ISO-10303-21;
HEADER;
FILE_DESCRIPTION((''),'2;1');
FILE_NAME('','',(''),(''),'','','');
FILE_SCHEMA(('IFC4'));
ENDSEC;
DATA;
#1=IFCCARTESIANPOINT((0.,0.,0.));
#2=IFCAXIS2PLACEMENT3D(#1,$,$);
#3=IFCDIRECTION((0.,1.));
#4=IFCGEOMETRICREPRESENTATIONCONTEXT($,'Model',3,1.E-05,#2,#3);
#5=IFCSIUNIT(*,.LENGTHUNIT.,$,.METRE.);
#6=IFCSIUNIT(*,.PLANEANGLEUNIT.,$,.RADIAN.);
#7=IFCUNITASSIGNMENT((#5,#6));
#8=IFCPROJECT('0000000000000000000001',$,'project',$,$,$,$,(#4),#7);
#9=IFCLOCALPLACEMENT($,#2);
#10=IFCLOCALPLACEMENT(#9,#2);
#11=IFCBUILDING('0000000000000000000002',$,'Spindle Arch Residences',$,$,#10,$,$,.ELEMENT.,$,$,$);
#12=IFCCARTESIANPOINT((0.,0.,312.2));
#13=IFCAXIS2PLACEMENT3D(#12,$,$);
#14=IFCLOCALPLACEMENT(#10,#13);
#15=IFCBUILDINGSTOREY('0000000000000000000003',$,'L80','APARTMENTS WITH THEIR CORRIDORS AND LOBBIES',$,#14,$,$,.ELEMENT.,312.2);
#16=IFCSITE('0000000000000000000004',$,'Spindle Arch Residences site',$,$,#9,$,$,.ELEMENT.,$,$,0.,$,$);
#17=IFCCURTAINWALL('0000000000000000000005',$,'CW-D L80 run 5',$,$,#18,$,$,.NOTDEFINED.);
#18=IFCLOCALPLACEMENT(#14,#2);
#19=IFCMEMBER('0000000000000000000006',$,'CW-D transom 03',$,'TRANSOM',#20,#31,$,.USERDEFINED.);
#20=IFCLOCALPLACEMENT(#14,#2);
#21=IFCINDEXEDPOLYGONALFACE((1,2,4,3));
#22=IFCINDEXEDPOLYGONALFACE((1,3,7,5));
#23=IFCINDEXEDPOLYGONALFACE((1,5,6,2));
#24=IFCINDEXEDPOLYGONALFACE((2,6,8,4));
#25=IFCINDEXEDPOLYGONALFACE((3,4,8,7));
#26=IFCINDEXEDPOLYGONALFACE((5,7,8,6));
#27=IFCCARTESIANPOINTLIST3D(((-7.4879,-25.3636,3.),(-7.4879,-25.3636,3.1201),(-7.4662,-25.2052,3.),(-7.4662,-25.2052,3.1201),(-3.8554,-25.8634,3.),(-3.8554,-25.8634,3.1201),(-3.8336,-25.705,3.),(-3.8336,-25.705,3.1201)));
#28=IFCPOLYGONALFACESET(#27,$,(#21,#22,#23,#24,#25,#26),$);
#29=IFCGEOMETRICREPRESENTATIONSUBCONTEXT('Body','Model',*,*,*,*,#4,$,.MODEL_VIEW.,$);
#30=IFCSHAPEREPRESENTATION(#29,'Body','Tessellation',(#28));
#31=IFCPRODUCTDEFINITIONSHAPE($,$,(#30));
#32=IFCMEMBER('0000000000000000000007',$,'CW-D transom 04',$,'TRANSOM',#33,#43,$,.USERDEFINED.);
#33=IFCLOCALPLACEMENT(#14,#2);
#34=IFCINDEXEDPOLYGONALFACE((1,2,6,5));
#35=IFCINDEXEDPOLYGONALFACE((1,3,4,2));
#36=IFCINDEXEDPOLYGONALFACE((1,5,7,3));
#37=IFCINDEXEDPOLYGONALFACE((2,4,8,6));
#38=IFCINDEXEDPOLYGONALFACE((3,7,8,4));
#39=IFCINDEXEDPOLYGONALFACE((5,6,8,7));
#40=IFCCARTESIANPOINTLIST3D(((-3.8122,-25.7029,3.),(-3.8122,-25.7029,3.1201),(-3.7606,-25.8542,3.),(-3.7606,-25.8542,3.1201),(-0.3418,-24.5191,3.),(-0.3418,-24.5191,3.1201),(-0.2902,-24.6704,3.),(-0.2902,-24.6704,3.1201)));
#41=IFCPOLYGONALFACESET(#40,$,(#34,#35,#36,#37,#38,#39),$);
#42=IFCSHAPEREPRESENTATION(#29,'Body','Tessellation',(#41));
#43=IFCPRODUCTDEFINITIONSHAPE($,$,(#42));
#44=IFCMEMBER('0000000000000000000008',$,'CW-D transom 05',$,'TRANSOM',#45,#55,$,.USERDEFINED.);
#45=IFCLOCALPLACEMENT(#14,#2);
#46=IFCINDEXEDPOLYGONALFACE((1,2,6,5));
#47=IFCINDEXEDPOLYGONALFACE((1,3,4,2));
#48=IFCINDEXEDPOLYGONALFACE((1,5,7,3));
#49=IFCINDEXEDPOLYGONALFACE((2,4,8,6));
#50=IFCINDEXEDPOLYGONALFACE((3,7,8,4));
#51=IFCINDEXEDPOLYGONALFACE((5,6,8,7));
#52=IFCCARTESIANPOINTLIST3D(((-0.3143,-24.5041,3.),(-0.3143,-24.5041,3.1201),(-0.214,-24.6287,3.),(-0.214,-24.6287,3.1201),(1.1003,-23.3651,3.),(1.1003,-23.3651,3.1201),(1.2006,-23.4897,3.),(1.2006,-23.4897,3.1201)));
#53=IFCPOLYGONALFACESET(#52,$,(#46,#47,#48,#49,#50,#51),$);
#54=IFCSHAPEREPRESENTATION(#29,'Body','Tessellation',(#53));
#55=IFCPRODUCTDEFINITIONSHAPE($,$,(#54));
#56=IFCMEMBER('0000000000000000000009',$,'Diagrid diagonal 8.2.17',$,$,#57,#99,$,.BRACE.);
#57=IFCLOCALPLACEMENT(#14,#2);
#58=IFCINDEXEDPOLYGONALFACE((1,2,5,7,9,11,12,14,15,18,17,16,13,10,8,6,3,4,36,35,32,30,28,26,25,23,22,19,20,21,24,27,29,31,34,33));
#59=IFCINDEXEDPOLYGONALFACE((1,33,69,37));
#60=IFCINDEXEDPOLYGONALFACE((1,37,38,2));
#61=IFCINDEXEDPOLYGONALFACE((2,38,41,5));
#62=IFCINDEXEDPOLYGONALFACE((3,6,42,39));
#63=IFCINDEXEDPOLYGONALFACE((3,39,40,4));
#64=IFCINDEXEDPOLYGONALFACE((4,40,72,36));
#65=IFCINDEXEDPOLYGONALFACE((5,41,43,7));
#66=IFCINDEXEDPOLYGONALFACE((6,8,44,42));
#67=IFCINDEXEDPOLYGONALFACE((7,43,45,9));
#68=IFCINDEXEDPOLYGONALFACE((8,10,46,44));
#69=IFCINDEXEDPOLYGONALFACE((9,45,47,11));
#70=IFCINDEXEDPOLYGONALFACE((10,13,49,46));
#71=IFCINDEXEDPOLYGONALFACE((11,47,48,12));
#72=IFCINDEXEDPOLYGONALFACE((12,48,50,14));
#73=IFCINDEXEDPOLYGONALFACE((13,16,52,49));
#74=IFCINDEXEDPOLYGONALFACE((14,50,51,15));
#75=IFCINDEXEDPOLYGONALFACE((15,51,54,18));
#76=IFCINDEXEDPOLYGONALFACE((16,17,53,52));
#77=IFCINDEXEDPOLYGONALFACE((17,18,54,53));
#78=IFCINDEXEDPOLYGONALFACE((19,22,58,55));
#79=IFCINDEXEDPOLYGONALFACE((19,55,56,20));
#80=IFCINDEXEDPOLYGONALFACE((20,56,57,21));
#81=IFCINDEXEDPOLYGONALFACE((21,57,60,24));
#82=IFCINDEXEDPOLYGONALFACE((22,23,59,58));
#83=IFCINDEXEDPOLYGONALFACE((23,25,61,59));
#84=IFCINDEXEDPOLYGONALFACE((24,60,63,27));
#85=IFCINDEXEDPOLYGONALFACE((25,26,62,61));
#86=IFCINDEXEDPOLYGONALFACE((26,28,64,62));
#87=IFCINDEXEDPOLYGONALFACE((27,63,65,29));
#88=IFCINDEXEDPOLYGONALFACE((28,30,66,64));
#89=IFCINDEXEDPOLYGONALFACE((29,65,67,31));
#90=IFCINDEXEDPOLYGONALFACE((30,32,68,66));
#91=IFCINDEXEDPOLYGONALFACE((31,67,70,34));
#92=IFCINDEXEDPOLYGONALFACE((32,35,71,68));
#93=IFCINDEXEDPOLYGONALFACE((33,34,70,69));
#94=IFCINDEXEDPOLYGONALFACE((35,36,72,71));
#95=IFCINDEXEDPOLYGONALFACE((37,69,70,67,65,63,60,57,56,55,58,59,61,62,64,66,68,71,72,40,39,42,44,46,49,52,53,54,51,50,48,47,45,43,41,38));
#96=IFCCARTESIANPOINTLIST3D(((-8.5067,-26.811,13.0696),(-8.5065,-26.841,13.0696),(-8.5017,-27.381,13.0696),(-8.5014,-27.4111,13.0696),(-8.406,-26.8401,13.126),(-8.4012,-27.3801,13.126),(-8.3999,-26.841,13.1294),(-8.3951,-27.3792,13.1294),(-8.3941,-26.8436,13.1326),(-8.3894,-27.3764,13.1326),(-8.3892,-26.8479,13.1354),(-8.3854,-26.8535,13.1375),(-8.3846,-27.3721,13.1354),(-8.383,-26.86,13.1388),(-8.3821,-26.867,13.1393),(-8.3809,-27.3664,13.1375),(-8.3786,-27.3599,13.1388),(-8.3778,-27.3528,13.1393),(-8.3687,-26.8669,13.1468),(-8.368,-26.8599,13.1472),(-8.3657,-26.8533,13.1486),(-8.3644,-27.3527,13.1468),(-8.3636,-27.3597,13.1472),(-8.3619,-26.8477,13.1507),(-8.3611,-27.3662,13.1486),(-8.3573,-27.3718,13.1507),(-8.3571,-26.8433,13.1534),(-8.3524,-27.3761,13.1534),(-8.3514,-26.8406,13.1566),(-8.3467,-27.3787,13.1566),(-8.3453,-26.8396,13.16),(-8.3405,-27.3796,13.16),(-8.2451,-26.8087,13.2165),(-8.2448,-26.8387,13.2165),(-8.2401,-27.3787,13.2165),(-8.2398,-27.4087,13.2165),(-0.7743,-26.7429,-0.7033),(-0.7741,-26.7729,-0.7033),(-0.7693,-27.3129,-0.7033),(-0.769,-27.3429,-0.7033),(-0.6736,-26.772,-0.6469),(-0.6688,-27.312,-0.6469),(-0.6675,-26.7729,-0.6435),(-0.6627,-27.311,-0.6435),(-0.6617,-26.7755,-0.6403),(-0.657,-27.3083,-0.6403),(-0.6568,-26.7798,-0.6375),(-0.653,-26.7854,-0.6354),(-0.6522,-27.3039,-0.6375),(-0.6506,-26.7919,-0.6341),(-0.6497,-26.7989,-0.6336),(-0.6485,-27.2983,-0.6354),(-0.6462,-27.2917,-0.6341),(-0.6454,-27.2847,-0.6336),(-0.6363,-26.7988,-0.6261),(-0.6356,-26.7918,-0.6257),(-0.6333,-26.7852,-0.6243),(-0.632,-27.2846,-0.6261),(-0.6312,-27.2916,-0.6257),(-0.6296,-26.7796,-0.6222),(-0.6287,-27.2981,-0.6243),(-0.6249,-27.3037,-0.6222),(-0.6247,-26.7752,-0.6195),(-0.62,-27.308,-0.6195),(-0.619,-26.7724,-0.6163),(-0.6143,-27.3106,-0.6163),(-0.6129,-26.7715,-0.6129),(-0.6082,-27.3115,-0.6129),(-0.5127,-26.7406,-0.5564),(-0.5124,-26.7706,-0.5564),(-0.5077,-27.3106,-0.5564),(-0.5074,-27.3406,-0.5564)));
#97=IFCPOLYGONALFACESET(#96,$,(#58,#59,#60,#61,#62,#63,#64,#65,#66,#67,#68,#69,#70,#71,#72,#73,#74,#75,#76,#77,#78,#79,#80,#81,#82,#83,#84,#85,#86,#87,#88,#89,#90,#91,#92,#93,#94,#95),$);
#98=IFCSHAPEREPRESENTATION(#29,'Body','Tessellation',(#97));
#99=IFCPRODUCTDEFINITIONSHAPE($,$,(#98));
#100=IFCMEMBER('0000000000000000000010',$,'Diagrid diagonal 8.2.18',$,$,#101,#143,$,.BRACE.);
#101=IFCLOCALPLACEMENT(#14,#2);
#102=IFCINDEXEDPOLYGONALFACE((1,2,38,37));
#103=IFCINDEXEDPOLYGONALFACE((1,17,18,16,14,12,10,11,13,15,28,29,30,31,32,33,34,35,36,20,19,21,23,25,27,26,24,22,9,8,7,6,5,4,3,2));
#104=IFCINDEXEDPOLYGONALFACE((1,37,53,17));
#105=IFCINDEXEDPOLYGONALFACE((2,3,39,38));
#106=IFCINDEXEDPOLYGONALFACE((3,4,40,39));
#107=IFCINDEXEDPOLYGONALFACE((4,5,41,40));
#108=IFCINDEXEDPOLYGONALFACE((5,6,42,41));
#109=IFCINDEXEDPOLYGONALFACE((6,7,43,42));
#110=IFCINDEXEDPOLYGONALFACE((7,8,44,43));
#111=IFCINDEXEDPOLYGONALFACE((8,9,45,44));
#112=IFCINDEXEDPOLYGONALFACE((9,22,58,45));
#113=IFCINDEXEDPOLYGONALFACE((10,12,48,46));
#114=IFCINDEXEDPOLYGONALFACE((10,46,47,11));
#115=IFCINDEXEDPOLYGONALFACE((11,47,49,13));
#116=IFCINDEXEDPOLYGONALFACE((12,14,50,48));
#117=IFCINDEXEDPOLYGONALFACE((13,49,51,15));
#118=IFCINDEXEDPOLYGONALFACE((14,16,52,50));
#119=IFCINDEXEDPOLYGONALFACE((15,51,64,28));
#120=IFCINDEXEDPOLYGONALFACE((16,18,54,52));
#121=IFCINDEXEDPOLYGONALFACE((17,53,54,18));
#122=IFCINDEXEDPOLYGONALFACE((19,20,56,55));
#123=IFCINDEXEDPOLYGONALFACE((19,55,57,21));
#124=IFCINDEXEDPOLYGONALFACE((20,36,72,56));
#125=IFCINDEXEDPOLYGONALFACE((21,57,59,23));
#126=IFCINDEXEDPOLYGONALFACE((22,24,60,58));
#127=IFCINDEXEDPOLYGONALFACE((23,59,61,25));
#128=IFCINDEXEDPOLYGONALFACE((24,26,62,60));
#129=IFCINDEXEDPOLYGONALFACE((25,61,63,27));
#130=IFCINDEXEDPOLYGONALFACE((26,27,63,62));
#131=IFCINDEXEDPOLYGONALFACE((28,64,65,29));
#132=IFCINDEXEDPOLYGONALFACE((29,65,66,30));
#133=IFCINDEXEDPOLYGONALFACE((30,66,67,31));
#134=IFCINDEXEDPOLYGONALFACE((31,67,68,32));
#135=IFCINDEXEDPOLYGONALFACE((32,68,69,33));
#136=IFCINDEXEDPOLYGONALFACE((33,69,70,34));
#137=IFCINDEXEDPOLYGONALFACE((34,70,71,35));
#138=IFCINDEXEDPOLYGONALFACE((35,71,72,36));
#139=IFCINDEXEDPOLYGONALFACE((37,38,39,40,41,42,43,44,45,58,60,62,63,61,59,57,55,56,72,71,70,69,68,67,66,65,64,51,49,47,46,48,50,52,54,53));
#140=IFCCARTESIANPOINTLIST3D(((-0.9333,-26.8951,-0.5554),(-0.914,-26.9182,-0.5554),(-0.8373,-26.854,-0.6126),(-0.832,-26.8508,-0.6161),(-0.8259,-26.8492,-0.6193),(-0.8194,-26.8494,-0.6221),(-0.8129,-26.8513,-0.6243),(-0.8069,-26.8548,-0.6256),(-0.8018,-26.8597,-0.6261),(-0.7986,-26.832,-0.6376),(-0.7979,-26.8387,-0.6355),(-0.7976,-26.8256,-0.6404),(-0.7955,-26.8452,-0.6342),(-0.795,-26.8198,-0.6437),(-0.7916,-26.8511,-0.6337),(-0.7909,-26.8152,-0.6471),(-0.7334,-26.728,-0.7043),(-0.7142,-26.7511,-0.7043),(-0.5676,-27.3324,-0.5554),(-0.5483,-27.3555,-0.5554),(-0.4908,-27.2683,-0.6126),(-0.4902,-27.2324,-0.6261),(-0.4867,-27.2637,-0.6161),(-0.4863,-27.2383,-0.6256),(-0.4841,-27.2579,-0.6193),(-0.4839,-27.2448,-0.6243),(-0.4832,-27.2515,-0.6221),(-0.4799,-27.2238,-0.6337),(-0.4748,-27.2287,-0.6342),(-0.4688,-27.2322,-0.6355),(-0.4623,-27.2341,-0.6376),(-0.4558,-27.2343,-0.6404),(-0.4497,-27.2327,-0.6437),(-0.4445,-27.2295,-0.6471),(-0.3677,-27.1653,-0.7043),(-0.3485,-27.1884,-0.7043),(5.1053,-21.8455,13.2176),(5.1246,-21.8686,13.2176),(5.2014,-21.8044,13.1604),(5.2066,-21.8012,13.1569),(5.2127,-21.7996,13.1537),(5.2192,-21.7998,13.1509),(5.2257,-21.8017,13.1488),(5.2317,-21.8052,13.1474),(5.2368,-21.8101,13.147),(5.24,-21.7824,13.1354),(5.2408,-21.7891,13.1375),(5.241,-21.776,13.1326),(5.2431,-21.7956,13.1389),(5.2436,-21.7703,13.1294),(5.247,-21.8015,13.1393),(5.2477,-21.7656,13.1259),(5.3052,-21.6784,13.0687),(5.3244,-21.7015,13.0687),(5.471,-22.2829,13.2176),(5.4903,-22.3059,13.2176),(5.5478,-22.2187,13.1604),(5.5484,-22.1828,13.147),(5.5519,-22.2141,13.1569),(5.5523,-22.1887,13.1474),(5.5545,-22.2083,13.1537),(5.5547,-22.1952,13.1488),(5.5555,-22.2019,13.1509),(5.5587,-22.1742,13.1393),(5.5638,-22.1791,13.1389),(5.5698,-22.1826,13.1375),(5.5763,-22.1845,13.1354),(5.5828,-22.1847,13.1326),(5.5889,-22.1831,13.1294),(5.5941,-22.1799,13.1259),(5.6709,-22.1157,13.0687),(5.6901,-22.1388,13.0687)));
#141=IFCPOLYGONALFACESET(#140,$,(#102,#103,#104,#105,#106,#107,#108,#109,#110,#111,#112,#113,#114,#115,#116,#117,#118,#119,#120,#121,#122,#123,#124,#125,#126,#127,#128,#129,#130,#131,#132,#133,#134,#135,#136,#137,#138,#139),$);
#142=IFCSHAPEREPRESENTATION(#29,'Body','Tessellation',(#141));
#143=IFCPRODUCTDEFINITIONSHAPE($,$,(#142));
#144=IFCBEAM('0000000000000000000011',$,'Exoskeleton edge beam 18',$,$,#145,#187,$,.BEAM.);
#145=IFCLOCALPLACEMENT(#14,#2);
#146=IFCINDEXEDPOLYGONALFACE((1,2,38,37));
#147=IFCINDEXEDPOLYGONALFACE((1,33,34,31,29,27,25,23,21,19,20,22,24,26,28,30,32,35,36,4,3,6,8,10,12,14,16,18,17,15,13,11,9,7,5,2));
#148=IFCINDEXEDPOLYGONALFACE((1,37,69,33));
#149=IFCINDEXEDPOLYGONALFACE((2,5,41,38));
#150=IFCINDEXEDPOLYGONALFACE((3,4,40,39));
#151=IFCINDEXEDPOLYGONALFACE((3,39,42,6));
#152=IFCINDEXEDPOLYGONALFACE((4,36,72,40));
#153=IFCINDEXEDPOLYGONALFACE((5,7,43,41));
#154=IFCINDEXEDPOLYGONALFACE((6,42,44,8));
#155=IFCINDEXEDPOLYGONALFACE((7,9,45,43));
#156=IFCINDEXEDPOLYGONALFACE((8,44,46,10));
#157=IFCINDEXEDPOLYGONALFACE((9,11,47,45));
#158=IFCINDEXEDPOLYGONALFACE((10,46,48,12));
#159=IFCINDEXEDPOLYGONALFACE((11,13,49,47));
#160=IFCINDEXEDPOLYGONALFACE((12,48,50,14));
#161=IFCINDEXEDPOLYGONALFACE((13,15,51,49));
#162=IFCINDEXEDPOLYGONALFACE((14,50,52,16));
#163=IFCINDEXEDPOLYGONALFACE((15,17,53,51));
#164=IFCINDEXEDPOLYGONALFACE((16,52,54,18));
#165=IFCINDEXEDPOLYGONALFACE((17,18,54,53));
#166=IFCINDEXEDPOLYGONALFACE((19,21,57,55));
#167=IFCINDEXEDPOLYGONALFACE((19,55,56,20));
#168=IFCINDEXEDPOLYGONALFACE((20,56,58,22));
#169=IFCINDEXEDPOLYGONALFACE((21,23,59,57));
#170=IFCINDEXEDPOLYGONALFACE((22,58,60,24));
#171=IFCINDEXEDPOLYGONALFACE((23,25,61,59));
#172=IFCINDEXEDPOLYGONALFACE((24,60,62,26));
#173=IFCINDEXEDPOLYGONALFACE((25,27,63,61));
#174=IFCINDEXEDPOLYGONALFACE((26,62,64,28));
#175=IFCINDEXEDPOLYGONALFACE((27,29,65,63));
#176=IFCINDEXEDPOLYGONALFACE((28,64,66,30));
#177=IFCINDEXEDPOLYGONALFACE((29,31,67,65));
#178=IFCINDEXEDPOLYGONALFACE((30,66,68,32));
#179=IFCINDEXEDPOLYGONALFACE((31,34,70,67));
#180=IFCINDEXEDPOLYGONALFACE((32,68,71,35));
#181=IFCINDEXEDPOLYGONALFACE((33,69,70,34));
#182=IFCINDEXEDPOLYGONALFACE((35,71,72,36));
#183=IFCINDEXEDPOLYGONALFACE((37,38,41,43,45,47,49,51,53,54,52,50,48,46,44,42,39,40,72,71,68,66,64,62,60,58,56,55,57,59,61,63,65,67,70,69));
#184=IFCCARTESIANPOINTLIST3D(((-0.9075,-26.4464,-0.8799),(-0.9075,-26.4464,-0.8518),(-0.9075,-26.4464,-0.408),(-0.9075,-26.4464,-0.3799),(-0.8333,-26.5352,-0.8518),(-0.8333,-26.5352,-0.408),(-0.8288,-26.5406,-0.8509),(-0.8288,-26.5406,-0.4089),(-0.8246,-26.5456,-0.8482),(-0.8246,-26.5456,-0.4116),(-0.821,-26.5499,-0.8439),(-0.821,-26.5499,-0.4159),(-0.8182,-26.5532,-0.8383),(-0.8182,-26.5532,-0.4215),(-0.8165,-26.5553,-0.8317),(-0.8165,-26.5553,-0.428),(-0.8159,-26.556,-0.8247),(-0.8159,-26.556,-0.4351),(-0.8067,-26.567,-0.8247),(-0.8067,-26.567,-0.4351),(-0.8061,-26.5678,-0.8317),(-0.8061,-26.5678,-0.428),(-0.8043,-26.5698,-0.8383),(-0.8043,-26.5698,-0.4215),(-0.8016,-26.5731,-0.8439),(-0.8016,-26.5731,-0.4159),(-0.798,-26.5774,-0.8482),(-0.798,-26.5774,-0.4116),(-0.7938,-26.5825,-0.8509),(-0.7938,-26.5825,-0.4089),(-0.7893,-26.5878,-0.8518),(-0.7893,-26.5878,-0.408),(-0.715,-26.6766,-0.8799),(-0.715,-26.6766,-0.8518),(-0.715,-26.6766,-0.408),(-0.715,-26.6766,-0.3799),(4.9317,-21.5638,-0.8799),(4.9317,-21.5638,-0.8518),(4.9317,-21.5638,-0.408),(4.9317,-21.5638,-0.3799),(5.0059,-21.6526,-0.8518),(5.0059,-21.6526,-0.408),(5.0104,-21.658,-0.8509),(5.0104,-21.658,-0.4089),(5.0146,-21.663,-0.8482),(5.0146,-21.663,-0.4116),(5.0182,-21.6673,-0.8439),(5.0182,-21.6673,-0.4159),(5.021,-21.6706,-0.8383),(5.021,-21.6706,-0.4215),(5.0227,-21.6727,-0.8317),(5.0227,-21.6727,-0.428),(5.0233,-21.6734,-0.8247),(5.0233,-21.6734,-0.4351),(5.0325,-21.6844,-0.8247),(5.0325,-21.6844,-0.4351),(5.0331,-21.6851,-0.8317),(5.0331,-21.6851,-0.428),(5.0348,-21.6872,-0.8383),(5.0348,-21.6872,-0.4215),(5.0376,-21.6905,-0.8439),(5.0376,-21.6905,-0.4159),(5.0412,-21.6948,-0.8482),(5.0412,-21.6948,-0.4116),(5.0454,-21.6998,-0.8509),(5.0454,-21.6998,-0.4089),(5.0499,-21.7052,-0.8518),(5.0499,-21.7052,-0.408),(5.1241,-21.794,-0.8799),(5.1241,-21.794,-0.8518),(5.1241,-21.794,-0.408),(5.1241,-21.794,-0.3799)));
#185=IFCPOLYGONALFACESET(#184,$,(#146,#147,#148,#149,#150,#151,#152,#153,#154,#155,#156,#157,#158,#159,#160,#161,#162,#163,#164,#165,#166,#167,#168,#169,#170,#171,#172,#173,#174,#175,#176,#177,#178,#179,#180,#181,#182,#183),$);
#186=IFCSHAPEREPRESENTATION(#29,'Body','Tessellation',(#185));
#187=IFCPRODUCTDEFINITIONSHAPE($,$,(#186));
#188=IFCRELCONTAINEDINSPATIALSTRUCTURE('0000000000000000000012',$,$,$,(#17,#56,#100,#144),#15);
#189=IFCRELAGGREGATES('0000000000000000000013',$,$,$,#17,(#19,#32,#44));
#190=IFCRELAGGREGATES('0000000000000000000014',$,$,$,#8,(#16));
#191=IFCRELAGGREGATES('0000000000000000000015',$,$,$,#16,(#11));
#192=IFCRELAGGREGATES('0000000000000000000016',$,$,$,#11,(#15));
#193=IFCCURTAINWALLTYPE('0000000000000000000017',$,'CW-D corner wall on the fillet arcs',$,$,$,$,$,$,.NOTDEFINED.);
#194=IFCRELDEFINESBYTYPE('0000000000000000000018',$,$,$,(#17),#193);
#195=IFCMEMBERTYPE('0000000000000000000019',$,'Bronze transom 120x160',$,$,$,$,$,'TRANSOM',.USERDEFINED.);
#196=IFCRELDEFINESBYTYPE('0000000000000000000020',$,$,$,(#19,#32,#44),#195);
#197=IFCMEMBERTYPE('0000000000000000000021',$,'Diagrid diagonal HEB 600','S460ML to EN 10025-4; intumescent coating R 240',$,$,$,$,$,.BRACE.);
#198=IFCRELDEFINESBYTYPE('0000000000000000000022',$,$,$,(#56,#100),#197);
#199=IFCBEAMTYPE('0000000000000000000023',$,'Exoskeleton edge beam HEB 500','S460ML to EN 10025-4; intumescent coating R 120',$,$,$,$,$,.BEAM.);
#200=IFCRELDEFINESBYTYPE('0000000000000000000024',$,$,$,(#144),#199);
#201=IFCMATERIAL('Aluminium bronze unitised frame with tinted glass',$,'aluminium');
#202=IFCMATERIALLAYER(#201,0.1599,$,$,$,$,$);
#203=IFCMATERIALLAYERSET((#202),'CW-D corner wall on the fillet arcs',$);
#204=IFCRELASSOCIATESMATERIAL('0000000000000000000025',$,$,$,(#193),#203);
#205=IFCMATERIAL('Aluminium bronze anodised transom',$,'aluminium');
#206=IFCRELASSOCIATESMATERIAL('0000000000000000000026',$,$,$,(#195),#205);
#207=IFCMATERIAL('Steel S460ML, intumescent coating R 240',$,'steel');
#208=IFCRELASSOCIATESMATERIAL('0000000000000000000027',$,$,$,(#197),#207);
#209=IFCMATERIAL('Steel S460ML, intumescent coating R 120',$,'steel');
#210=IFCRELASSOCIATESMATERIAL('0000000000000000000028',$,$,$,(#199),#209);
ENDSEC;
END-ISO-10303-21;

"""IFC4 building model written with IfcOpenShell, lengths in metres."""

from ifc_helpers import new_model, si_unit, direction, frame, origin, origin_2d, place, context, subcontext, project, spatial, rectangle, i_section, extrude, material, layer, layer_set, material_profile, profile_set, type_object, element, aggregate, save


model = new_model("IFC4")

# Units and contexts
model_context = context("Model", 3, precision=1e-05, world=origin(), true_north=direction((0.0, 1.0)))
body_context = subcontext(model_context, "Body", "Model", "MODEL_VIEW")
ifc_project = project(units=[si_unit("LENGTHUNIT", "METRE"), si_unit("PLANEANGLEUNIT", "RADIAN")], contexts=[model_context])

# Site, building, storey
site_placement = place(None, origin())
site = spatial("IfcSite", under=ifc_project, at=site_placement, Name="Spindle Arch Residences site", CompositionType="ELEMENT", RefElevation=0.0)
building_placement = place(site_placement, origin())
building = spatial("IfcBuilding", under=site, at=building_placement, Name="Spindle Arch Residences", CompositionType="ELEMENT")
storey_placement = place(building_placement, frame((0.0, 0.0, 312.2)))
storey = spatial("IfcBuildingStorey", under=building, at=storey_placement, Name="L80", Description="APARTMENTS WITH THEIR CORRIDORS AND LOBBIES", CompositionType="ELEMENT", Elevation=312.2)

# Curtain wall, members
ifc_material_1 = material(Name="Aluminium bronze unitised frame with tinted glass", Category="aluminium")
ifc_layer_1 = layer(ifc_material_1, 0.1599)
ifc_layer_set_1 = layer_set([ifc_layer_1], Name="CW-D corner wall on the fillet arcs")
curtain_wall_type = type_object("IfcCurtainWallType", Name="CW-D corner wall on the fillet arcs", PredefinedType="NOTDEFINED", material=ifc_layer_set_1)
curtain_wall_placement = place(storey_placement, origin())
curtain_wall = element("IfcCurtainWall", 1, at=curtain_wall_placement, inside=storey, type_object=curtain_wall_type, Name="CW-D L80 run 5", PredefinedType="NOTDEFINED")
ifc_material_2 = material(Name="Aluminium bronze anodised transom", Category="aluminium")
ifc_material_profile_1 = material_profile(ifc_material_2, rectangle(XDim=0.1599, YDim=0.1201, at=origin_2d()), Name="TR 120x160")
ifc_profile_set_1 = profile_set([ifc_material_profile_1], Name="Aluminium bronze anodised transom")
member_type_1 = type_object("IfcMemberType", Name="Bronze transom 120x160", ElementType="TRANSOM", PredefinedType="USERDEFINED", material=ifc_profile_set_1)
member_1_placement = place(storey_placement, frame((-7.4771, -25.2844, 3.0601), z_axis=(0.990669, -0.136293, 0.0), x_axis=(0.136293, 0.990669, 0.0)))
member_1 = element("IfcMember", 2, at=member_1_placement, type_object=member_type_1, Name="CW-D transom 03", ObjectType="TRANSOM", PredefinedType="USERDEFINED", context=body_context, shape_type="SweptSolid", body=[
    extrude(rectangle(XDim=0.1599, YDim=0.1201, at=origin_2d()), origin(), (0.0, 0.0, 1.0), 3.6667),
])
member_2_placement = place(storey_placement, frame((-3.7864, -25.7786, 3.0601), z_axis=(0.94645, 0.322852, 0.0), x_axis=(-0.322852, 0.94645, 0.0)))
member_2 = element("IfcMember", 3, at=member_2_placement, type_object=member_type_1, Name="CW-D transom 04", ObjectType="TRANSOM", PredefinedType="USERDEFINED", context=body_context, shape_type="SweptSolid", body=[
    extrude(rectangle(XDim=0.1599, YDim=0.1201, at=origin_2d()), origin(), (0.0, 0.0, 1.0), 3.6667),
])
member_3_placement = place(storey_placement, frame((-0.2642, -24.5664, 3.0601), z_axis=(0.778911, 0.627135, 0.0), x_axis=(-0.627135, 0.778911, 0.0)))
member_3 = element("IfcMember", 4, at=member_3_placement, type_object=member_type_1, Name="CW-D transom 05", ObjectType="TRANSOM", PredefinedType="USERDEFINED", context=body_context, shape_type="SweptSolid", body=[
    extrude(rectangle(XDim=0.1599, YDim=0.1201, at=origin_2d()), origin(), (0.0, 0.0, 1.0), 1.8162),
])

# Members
ifc_material_3 = material(Name="Steel S460ML, intumescent coating R 240", Category="steel")
ifc_material_profile_2 = material_profile(ifc_material_3, i_section(OverallWidth=0.3, OverallDepth=0.6001, WebThickness=0.0154, FlangeThickness=0.03, FilletRadius=0.0271, at=origin_2d()), Name="HEB 600")
ifc_profile_set_2 = profile_set([ifc_material_profile_2], Name="Steel S460ML, intumescent coating R 240")
member_type_2 = type_object("IfcMemberType", Name="Diagrid diagonal HEB 600", Description="S460ML to EN 10025-4; intumescent coating R 240", PredefinedType="BRACE", material=ifc_profile_set_2)
member_4_placement = place(storey_placement, frame((-0.6409, -27.0417, -0.6299), z_axis=(-0.489542, -0.004312, 0.871969), x_axis=(0.871935, 0.007681, 0.489561)))
element("IfcMember", 5, at=member_4_placement, inside=storey, type_object=member_type_2, Name="Diagrid diagonal 8.2.17", PredefinedType="BRACE", context=body_context, shape_type="SweptSolid", body=[
    extrude(i_section(OverallWidth=0.3, OverallDepth=0.6001, WebThickness=0.0154, FlangeThickness=0.03, FilletRadius=0.0271, at=origin_2d()), origin(), (0.0, 0.0, 1.0), 15.7952),
])
member_5_placement = place(storey_placement, frame((-0.6409, -27.0417, -0.6299), z_axis=(0.380654, 0.318309, 0.868206), x_axis=(-0.666029, -0.556945, 0.496204)))
element("IfcMember", 6, at=member_5_placement, inside=storey, type_object=member_type_2, Name="Diagrid diagonal 8.2.18", PredefinedType="BRACE", context=body_context, shape_type="SweptSolid", body=[
    extrude(i_section(OverallWidth=0.3, OverallDepth=0.6001, WebThickness=0.0154, FlangeThickness=0.03, FilletRadius=0.0271, at=origin_2d()), origin(), (0.0, 0.0, 1.0), 15.8638),
])

# Beam
ifc_material_4 = material(Name="Steel S460ML, intumescent coating R 120", Category="steel")
ifc_material_profile_3 = material_profile(ifc_material_4, i_section(OverallWidth=0.3, OverallDepth=0.5, WebThickness=0.0144, FlangeThickness=0.0281, FilletRadius=0.0271, at=origin_2d()), Name="HEB 500")
ifc_profile_set_3 = profile_set([ifc_material_profile_3], Name="Steel S460ML, intumescent coating R 120")
beam_type_1 = type_object("IfcBeamType", Name="Exoskeleton edge beam HEB 500", Description="S460ML to EN 10025-4; intumescent coating R 120", PredefinedType="BEAM", material=ifc_profile_set_3)
beam_1_placement = place(storey_placement, frame((-0.8113, -26.5615, -0.6299), z_axis=(0.767145, 0.641474, 0.0), x_axis=(-0.641474, 0.767145, 0.0)))
element("IfcBeam", 7, at=beam_1_placement, inside=storey, type_object=beam_type_1, Name="Exoskeleton edge beam 18", PredefinedType="BEAM", context=body_context, shape_type="SweptSolid", body=[
    extrude(i_section(OverallWidth=0.3, OverallDepth=0.5, WebThickness=0.0144, FlangeThickness=0.0281, FilletRadius=0.0271, at=origin_2d()), origin(), (0.0, 0.0, 1.0), 7.6116),
])

aggregate(curtain_wall, [member_1, member_2, member_3])

save(model, "model.ifc")
